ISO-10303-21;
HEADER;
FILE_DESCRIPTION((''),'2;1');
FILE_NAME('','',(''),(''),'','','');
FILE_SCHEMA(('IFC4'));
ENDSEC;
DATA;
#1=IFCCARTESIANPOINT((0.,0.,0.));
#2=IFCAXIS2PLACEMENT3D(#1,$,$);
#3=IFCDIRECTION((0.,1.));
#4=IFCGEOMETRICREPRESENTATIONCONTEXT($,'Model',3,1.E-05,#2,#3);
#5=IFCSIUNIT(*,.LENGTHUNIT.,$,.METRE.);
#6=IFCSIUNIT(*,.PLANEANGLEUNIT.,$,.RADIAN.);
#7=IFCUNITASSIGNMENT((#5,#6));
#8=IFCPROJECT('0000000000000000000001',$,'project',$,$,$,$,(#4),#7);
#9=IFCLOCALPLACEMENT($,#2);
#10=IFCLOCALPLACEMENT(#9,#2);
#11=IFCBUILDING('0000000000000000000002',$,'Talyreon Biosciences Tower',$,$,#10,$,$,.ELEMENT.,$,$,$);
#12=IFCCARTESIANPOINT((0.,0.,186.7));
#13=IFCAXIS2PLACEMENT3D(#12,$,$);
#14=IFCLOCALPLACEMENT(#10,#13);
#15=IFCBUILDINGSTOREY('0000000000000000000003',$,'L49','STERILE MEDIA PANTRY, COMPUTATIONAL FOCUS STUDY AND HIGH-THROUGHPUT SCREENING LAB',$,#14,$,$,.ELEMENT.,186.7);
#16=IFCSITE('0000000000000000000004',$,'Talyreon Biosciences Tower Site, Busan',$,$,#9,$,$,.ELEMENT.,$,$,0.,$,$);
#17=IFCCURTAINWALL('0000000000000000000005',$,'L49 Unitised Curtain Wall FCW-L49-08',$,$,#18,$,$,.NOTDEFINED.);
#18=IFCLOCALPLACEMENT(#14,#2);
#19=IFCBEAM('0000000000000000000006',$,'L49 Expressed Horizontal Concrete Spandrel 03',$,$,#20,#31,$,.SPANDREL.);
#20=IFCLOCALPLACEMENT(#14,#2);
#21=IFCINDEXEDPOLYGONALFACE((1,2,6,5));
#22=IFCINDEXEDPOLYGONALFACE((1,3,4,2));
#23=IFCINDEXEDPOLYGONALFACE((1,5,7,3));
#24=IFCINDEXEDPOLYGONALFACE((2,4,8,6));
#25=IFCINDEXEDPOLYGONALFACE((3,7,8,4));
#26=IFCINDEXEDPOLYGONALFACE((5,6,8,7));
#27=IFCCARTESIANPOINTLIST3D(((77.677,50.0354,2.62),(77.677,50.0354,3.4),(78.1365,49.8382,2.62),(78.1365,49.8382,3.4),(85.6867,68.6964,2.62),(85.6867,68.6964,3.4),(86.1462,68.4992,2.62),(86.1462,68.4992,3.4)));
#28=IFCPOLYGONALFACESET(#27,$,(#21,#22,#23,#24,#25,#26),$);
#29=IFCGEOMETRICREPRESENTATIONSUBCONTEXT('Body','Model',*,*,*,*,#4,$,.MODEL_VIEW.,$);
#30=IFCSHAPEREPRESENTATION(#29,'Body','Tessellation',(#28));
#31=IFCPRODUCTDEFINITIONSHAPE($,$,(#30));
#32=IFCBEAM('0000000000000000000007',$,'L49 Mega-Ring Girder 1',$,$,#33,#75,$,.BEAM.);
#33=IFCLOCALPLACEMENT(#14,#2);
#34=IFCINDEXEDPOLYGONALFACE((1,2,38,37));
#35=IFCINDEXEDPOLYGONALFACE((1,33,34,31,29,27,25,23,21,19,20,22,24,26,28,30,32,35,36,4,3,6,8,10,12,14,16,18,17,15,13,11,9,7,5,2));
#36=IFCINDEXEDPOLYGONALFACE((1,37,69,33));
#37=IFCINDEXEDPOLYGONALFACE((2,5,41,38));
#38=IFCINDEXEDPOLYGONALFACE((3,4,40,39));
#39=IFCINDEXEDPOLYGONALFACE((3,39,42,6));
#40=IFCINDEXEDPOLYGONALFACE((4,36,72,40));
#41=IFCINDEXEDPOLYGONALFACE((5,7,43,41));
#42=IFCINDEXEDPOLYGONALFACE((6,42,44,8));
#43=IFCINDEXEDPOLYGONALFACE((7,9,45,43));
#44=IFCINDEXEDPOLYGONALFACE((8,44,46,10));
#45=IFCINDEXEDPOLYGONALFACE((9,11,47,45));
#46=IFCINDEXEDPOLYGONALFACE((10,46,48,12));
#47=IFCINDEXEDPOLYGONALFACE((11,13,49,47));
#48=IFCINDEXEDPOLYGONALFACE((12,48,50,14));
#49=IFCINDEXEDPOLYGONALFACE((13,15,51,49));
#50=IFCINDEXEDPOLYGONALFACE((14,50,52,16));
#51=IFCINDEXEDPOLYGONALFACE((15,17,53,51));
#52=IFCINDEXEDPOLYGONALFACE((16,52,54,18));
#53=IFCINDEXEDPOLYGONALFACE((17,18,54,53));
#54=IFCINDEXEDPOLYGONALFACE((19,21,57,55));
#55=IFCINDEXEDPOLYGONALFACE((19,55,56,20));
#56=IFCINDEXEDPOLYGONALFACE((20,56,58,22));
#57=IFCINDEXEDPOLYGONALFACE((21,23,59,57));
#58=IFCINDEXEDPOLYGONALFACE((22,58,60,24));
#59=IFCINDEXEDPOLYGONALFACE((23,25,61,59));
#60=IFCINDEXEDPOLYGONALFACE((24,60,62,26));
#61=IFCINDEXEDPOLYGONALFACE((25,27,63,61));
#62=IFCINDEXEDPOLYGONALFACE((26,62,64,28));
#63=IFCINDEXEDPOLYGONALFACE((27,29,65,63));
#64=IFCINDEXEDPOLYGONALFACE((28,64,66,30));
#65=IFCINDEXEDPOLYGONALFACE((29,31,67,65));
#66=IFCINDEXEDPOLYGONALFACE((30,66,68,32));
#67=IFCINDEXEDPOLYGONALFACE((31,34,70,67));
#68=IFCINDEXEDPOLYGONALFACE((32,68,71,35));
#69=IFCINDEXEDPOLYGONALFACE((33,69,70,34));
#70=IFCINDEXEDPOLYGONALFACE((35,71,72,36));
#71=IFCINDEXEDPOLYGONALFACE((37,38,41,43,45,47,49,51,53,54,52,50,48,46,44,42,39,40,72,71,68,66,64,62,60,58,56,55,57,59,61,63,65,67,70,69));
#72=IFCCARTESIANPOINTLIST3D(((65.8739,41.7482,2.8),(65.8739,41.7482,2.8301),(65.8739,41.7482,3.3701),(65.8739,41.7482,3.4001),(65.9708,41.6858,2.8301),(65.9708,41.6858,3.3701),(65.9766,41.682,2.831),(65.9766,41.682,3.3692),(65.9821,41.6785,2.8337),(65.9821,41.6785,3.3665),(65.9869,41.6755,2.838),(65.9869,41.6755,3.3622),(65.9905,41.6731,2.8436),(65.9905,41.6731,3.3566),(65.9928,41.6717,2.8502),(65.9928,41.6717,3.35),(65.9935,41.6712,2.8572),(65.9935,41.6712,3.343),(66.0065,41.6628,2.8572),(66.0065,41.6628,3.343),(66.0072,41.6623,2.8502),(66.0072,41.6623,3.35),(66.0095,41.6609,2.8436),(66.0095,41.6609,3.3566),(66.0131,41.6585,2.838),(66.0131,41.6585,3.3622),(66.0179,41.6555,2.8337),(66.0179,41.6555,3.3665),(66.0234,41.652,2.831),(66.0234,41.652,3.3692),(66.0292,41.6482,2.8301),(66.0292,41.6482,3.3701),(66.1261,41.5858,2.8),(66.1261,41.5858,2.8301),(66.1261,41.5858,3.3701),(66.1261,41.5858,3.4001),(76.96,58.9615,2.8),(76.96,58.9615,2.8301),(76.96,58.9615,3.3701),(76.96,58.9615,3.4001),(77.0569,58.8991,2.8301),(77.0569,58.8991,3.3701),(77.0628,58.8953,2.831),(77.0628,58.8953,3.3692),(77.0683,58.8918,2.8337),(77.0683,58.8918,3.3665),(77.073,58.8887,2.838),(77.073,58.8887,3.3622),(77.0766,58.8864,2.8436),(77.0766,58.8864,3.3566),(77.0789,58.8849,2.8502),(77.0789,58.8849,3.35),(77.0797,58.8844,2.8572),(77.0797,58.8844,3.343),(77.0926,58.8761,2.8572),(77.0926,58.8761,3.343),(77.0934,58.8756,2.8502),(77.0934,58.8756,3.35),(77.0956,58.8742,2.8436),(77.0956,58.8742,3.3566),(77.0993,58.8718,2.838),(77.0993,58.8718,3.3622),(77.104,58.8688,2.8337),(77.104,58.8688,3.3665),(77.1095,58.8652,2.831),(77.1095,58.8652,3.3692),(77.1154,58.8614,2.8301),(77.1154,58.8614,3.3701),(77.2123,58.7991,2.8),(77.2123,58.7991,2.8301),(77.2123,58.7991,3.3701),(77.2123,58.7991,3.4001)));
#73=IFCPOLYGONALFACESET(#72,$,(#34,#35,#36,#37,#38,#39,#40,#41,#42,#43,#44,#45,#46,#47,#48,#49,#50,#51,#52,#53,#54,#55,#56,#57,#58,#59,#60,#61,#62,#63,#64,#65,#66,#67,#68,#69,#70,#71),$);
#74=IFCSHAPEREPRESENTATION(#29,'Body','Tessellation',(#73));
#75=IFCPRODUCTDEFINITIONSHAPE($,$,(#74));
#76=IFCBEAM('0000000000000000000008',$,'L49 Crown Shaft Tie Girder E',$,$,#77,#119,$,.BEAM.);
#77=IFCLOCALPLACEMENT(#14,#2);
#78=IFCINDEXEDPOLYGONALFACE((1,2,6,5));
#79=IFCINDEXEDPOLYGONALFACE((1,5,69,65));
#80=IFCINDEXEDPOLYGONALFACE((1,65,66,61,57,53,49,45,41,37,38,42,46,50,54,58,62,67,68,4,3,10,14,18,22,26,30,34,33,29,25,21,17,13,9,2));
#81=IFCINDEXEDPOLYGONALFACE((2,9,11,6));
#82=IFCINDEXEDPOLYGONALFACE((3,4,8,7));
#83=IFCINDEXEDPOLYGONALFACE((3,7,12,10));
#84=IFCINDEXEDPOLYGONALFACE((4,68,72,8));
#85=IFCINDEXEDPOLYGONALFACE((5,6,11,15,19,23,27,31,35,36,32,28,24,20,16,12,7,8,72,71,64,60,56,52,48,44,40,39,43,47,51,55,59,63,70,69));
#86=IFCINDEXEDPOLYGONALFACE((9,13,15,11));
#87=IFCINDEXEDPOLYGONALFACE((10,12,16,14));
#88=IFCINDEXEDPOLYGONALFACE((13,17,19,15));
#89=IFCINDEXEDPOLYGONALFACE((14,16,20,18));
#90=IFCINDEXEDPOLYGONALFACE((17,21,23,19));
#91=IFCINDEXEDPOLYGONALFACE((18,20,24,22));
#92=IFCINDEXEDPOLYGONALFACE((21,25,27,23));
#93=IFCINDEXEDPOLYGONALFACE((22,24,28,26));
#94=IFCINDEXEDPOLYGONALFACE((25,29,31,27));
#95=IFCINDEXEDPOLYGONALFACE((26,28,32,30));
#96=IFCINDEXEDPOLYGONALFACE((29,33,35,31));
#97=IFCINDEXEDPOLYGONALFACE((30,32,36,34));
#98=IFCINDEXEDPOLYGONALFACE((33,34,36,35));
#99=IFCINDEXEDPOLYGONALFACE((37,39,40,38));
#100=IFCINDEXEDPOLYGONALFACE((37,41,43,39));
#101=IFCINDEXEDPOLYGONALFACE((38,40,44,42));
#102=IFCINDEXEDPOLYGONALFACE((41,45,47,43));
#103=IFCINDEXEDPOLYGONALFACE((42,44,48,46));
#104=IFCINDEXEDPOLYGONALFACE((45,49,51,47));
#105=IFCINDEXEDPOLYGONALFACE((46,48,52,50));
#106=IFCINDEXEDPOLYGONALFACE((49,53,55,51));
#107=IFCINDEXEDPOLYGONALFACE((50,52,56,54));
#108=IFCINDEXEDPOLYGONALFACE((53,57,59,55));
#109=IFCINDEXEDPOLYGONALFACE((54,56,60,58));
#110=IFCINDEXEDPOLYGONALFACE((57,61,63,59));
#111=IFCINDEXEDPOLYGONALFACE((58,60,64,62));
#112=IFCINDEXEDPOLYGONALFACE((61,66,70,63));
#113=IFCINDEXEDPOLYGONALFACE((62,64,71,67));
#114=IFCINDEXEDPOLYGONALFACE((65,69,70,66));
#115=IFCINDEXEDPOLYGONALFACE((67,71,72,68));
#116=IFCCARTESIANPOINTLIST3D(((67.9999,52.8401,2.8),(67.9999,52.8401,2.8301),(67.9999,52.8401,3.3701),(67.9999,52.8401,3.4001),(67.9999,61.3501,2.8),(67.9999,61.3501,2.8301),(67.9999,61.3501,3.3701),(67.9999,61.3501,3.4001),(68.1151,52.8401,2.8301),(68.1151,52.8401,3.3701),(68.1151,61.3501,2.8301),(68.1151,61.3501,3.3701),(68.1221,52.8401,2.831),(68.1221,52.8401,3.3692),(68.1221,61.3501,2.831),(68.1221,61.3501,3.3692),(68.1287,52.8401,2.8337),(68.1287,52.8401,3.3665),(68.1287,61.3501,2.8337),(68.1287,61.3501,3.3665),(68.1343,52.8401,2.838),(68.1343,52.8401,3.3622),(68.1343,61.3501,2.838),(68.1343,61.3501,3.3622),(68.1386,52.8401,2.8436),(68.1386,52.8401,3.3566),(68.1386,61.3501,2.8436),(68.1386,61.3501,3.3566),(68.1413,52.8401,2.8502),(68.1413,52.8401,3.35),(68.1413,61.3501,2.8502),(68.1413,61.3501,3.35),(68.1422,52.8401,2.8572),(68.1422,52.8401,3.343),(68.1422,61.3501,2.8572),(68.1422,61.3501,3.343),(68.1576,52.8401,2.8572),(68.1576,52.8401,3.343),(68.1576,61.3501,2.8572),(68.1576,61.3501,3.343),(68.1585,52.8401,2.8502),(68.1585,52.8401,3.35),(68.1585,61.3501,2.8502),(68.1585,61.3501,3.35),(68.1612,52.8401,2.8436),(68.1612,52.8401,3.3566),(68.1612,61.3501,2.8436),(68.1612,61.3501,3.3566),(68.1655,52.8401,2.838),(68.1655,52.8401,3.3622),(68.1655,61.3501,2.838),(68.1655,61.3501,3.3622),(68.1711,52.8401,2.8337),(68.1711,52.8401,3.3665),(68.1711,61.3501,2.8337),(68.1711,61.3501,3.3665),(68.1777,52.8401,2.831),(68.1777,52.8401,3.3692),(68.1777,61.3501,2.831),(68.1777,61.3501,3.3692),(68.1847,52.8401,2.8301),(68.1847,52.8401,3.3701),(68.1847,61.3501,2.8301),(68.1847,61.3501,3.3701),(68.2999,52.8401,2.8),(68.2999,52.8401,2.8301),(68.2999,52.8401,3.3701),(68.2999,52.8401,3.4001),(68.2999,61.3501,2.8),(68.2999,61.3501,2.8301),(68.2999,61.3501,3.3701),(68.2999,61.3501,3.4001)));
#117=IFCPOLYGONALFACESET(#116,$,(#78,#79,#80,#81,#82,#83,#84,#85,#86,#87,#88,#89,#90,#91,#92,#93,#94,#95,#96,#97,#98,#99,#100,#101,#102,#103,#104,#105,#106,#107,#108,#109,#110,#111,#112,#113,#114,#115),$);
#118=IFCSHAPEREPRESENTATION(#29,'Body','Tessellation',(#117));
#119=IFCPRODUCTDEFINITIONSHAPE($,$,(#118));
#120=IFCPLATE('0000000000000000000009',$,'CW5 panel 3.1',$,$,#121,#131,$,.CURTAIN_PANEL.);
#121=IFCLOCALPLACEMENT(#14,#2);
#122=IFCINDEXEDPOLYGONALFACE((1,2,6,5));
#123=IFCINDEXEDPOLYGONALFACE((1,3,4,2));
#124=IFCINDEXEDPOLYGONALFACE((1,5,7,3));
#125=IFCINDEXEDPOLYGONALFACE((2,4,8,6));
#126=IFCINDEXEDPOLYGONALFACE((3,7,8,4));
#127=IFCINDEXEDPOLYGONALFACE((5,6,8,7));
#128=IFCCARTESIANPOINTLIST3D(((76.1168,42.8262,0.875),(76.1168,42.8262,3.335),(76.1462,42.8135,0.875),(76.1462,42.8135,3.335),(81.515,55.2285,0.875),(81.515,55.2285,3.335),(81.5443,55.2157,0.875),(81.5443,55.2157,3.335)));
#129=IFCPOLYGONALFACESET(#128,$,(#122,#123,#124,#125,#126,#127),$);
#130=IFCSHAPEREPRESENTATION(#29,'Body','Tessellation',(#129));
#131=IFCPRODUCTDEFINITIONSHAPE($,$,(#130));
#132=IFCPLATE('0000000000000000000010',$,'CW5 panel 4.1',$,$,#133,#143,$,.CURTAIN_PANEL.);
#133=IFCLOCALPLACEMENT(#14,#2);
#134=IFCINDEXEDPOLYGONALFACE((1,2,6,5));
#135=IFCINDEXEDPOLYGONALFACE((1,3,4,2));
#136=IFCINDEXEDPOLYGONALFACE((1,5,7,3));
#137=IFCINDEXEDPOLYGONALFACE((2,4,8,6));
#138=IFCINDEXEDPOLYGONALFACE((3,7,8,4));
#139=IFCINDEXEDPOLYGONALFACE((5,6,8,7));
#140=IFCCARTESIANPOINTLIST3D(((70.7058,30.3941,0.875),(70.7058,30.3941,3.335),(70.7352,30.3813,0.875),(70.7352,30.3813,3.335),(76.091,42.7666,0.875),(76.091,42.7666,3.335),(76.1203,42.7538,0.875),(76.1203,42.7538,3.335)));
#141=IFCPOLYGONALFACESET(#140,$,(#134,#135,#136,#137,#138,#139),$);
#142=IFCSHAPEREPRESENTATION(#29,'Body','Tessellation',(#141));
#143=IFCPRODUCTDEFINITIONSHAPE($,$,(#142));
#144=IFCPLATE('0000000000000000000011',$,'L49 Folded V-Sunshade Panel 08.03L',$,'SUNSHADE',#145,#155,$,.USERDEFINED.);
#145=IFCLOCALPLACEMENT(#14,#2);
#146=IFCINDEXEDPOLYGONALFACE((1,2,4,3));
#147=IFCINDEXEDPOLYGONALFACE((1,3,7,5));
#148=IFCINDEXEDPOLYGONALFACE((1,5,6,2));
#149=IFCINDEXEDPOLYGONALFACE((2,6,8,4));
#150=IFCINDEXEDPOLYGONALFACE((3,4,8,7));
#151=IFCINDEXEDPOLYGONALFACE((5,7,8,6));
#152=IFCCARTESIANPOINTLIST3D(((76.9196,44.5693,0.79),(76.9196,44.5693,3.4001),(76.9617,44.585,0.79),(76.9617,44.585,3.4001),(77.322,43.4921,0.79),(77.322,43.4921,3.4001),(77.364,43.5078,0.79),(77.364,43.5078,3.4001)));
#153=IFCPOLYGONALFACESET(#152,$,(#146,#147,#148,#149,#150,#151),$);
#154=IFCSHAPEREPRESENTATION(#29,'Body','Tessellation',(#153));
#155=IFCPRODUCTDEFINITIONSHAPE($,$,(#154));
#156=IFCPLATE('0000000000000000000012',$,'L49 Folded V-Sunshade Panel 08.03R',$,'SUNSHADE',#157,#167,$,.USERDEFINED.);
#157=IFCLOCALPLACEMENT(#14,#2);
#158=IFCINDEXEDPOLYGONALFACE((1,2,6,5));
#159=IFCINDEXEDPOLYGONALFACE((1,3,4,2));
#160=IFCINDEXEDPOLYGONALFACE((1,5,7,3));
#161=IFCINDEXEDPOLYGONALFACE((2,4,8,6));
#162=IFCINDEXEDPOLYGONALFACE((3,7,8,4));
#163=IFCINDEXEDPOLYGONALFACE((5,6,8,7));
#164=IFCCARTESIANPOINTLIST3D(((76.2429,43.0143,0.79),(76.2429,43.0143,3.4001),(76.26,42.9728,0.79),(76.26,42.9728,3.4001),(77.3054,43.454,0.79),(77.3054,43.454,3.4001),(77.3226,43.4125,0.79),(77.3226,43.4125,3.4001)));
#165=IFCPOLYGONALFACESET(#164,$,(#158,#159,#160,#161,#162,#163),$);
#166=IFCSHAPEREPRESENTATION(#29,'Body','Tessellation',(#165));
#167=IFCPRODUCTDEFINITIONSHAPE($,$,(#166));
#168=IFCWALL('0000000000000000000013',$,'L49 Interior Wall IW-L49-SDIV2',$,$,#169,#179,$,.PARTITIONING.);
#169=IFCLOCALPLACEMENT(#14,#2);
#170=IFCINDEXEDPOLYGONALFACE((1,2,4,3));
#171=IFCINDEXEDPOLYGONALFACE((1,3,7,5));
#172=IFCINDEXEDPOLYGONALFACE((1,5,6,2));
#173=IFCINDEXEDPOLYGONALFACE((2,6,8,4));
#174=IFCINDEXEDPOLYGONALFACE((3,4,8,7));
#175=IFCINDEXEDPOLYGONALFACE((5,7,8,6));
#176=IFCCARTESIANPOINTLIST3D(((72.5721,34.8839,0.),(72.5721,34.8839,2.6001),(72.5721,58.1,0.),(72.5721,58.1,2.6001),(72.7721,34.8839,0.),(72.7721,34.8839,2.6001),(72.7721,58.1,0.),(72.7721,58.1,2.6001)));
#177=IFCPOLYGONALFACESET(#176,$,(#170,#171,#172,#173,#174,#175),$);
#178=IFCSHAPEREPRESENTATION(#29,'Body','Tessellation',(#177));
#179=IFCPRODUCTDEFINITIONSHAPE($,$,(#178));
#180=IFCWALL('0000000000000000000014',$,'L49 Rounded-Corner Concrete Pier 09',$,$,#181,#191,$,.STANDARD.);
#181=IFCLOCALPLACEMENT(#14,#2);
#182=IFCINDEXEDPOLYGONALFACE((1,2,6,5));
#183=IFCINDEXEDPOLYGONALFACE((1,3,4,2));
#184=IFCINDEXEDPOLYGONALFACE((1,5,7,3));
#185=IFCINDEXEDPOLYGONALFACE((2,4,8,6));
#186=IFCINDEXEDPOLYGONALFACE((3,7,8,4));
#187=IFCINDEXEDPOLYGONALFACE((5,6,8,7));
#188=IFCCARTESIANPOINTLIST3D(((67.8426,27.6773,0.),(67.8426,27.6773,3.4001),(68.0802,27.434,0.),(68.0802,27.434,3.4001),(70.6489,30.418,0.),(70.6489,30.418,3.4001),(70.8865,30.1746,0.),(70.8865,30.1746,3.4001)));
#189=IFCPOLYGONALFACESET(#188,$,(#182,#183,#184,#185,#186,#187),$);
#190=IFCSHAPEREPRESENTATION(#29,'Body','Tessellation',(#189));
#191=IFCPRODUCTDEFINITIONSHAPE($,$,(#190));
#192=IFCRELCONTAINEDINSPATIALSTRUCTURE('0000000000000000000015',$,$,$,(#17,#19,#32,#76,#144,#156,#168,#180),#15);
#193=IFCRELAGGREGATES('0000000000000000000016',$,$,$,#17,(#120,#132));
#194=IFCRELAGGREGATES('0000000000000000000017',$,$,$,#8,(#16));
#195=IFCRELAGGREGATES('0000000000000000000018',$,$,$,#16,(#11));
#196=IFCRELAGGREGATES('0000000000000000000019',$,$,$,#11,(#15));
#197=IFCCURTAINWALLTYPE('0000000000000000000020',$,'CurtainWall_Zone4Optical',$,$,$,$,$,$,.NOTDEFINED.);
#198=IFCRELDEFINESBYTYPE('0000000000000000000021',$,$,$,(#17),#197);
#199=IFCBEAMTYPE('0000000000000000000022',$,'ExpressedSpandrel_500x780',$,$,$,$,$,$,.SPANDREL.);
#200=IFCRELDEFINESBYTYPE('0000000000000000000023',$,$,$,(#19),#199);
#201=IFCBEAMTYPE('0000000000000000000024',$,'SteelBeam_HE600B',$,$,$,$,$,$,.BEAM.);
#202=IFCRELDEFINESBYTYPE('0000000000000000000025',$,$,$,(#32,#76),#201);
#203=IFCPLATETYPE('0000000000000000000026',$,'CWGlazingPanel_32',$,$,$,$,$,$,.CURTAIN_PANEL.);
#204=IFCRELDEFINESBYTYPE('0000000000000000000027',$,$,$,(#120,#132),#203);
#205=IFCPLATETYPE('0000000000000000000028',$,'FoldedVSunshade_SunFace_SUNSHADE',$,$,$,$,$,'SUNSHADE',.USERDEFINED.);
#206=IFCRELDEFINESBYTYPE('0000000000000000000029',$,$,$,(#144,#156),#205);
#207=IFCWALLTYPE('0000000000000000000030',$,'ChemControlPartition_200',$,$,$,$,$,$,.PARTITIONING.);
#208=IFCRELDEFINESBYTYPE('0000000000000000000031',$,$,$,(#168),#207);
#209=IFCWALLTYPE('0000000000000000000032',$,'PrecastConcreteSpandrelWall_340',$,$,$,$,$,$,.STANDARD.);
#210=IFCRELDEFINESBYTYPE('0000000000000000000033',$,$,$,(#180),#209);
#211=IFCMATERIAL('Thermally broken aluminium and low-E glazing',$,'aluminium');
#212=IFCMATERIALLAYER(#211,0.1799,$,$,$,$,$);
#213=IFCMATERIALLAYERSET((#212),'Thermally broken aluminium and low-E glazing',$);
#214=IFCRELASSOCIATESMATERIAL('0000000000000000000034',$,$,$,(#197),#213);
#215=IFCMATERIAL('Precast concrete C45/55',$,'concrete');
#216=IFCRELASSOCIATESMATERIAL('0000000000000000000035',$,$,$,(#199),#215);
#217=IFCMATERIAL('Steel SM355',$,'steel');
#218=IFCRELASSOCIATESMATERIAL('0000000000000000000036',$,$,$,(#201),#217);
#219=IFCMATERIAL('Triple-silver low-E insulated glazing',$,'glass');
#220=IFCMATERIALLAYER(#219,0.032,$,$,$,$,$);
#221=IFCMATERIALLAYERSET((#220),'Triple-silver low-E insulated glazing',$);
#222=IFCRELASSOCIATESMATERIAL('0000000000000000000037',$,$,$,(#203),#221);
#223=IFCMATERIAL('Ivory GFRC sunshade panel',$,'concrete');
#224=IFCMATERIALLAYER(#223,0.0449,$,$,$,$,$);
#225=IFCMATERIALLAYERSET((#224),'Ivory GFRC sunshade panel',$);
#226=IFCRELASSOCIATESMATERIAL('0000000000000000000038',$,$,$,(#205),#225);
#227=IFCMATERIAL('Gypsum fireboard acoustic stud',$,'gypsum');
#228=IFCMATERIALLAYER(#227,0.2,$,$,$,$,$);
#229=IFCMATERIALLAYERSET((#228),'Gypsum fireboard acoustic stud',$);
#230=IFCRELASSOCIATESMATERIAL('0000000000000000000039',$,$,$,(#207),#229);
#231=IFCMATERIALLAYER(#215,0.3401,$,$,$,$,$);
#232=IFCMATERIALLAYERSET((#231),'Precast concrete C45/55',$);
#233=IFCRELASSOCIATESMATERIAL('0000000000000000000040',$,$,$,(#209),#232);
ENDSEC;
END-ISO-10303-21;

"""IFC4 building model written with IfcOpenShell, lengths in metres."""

from ifc_helpers import new_model, si_unit, direction, frame, frame_2d, origin, origin_2d, place, context, subcontext, project, spatial, rectangle, i_section, extrude, material, layer, layer_set, material_profile, profile_set, type_object, element, aggregate, save


model = new_model("IFC4")

# Units and contexts
model_context = context("Model", 3, precision=1e-05, world=origin(), true_north=direction((0.0, 1.0)))
body_context = subcontext(model_context, "Body", "Model", "MODEL_VIEW")
ifc_project = project(units=[si_unit("LENGTHUNIT", "METRE"), si_unit("PLANEANGLEUNIT", "RADIAN")], contexts=[model_context])

# Site, building, storey
site_placement = place(None, origin())
site = spatial("IfcSite", under=ifc_project, at=site_placement, Name="Talyreon Biosciences Tower Site, Busan", CompositionType="ELEMENT", RefElevation=0.0)
building_placement = place(site_placement, origin())
building = spatial("IfcBuilding", under=site, at=building_placement, Name="Talyreon Biosciences Tower", CompositionType="ELEMENT")
storey_placement = place(building_placement, frame((0.0, 0.0, 186.7)))
storey = spatial("IfcBuildingStorey", under=building, at=storey_placement, Name="L49", Description="STERILE MEDIA PANTRY, COMPUTATIONAL FOCUS STUDY AND HIGH-THROUGHPUT SCREENING LAB", CompositionType="ELEMENT", Elevation=186.7)

# Shared definitions
ifc_material_1 = material(Name="Precast concrete C45/55", Category="concrete")

# Curtain wall
ifc_material_2 = material(Name="Thermally broken aluminium and low-E glazing", Category="aluminium")
ifc_layer_1 = layer(ifc_material_2, 0.1799)
ifc_layer_set_1 = layer_set([ifc_layer_1], Name="Thermally broken aluminium and low-E glazing")
curtain_wall_type = type_object("IfcCurtainWallType", Name="CurtainWall_Zone4Optical", PredefinedType="NOTDEFINED", material=ifc_layer_set_1)
curtain_wall_placement = place(storey_placement, origin())
curtain_wall = element("IfcCurtainWall", 1, at=curtain_wall_placement, inside=storey, type_object=curtain_wall_type, Name="L49 Unitised Curtain Wall FCW-L49-08", PredefinedType="NOTDEFINED")

# Beams
ifc_material_profile_1 = material_profile(ifc_material_1, rectangle(XDim=0.5, YDim=0.78, at=origin_2d()), Name="RCB 500x780")
ifc_profile_set_1 = profile_set([ifc_material_profile_1], Name="Precast concrete C45/55")
beam_type_1 = type_object("IfcBeamType", Name="ExpressedSpandrel_500x780", PredefinedType="SPANDREL", material=ifc_profile_set_1)
beam_1_placement = place(storey_placement, frame((77.9067, 49.9368, 3.01), z_axis=(0.394424, 0.918928, 0.0), x_axis=(-0.918928, 0.394424, 0.0)))
element("IfcBeam", 2, at=beam_1_placement, inside=storey, type_object=beam_type_1, Name="L49 Expressed Horizontal Concrete Spandrel 03", PredefinedType="SPANDREL", context=body_context, shape_type="SweptSolid", body=[
    extrude(rectangle(XDim=0.5, YDim=0.78, at=origin_2d()), origin(), (0.0, 0.0, 1.0), 20.3074),
])
ifc_material_3 = material(Name="Steel SM355", Category="steel")
ifc_material_profile_2 = material_profile(ifc_material_3, i_section(OverallWidth=0.3, OverallDepth=0.6001, WebThickness=0.0154, FlangeThickness=0.03, FilletRadius=0.0271, at=origin_2d()), Name="HE600B")
ifc_profile_set_2 = profile_set([ifc_material_profile_2], Name="Steel SM355")
beam_type_2 = type_object("IfcBeamType", Name="SteelBeam_HE600B", PredefinedType="BEAM", material=ifc_profile_set_2)
beam_2_placement = place(storey_placement, frame((66.0, 41.667, 3.1001), z_axis=(0.541464, 0.840724, 0.0), x_axis=(-0.840724, 0.541464, 0.0)))
element("IfcBeam", 3, at=beam_2_placement, inside=storey, type_object=beam_type_2, Name="L49 Mega-Ring Girder 1", PredefinedType="BEAM", context=body_context, shape_type="SweptSolid", body=[
    extrude(i_section(OverallWidth=0.3, OverallDepth=0.6001, WebThickness=0.0154, FlangeThickness=0.03, FilletRadius=0.0271, at=origin_2d()), origin(), (0.0, 0.0, 1.0), 20.4744),
])
beam_3_placement = place(storey_placement, frame((68.1499, 52.8401, 3.1001), z_axis=(0.0, 1.0, 0.0), x_axis=(-1.0, 0.0, 0.0)))
element("IfcBeam", 4, at=beam_3_placement, inside=storey, type_object=beam_type_2, Name="L49 Crown Shaft Tie Girder E", PredefinedType="BEAM", context=body_context, shape_type="SweptSolid", body=[
    extrude(i_section(OverallWidth=0.3, OverallDepth=0.6001, WebThickness=0.0154, FlangeThickness=0.03, FilletRadius=0.0271, at=origin_2d()), origin(), (0.0, 0.0, 1.0), 8.51),
])

# Plates
ifc_material_4 = material(Name="Triple-silver low-E insulated glazing", Category="glass")
ifc_layer_2 = layer(ifc_material_4, 0.032)
ifc_layer_set_2 = layer_set([ifc_layer_2], Name="Triple-silver low-E insulated glazing")
plate_type_1 = type_object("IfcPlateType", Name="CWGlazingPanel_32", PredefinedType="CURTAIN_PANEL", material=ifc_layer_set_2)
plate_1_placement = place(storey_placement, frame((78.8306, 49.021, 0.875), z_axis=(0.0, 0.0, 1.0), x_axis=(-0.399089, -0.916912, 0.0)))
plate_1 = element("IfcPlate", 5, at=plate_1_placement, type_object=plate_type_1, Name="CW5 panel 3.1", PredefinedType="CURTAIN_PANEL", context=body_context, shape_type="SweptSolid", body=[
    extrude(rectangle(XDim=13.5261, YDim=0.032, at=origin_2d()), origin(), (0.0, 0.0, 1.0), 2.46),
])
plate_2_placement = place(storey_placement, frame((73.4131, 36.574, 0.875), z_axis=(0.0, 0.0, 1.0), x_axis=(-0.399089, -0.916912, 0.0)))
plate_2 = element("IfcPlate", 6, at=plate_2_placement, type_object=plate_type_1, Name="CW5 panel 4.1", PredefinedType="CURTAIN_PANEL", context=body_context, shape_type="SweptSolid", body=[
    extrude(rectangle(XDim=13.4937, YDim=0.032, at=origin_2d()), origin(), (0.0, 0.0, 1.0), 2.46),
])
aggregate(curtain_wall, [plate_1, plate_2])

# Plates
ifc_material_5 = material(Name="Ivory GFRC sunshade panel", Category="concrete")
ifc_layer_3 = layer(ifc_material_5, 0.0449)
ifc_layer_set_3 = layer_set([ifc_layer_3], Name="Ivory GFRC sunshade panel")
plate_type_2 = type_object("IfcPlateType", Name="FoldedVSunshade_SunFace_SUNSHADE", ElementType="SUNSHADE", PredefinedType="USERDEFINED", material=ifc_layer_set_3)
for number, where, z_axis, x_axis, name in (
    (7, (77.1418, 44.0386, 0.79), (0.0, 0.0, 1.0), (0.349864, -0.9368, 0.0), "L49 Folded V-Sunshade Panel 08.03L"),
    (8, (76.7827, 43.2134, 0.79), (0.0, 0.0, 1.0), (-0.92402, -0.382345, 0.0), "L49 Folded V-Sunshade Panel 08.03R"),
):
    element("IfcPlate", number, at=place(storey_placement, frame(where, z_axis=z_axis, x_axis=x_axis)), inside=storey, type_object=plate_type_2, Name=name, ObjectType="SUNSHADE", PredefinedType="USERDEFINED", context=body_context, shape_type="SweptSolid", body=[
        extrude(rectangle(XDim=1.1499, YDim=0.0449, at=origin_2d()), origin(), (0.0, 0.0, 1.0), 2.6101),
    ])

# Walls
ifc_material_6 = material(Name="Gypsum fireboard acoustic stud", Category="gypsum")
ifc_layer_4 = layer(ifc_material_6, 0.2)
ifc_layer_set_4 = layer_set([ifc_layer_4], Name="Gypsum fireboard acoustic stud")
wall_type_1 = type_object("IfcWallType", Name="ChemControlPartition_200", PredefinedType="PARTITIONING", material=ifc_layer_set_4)
wall_1_placement = place(storey_placement, frame((72.6721, 34.884, 0.0), z_axis=(0.0, 0.0, 1.0), x_axis=(0.0, 1.0, 0.0)))
element("IfcWall", 9, at=wall_1_placement, inside=storey, type_object=wall_type_1, Name="L49 Interior Wall IW-L49-SDIV2", PredefinedType="PARTITIONING", context=body_context, shape_type="SweptSolid", body=[
    extrude(rectangle(XDim=23.2161, YDim=0.2, at=frame_2d((11.6079, 0.0))), origin(), (0.0, 0.0, 1.0), 2.6001),
])
ifc_layer_5 = layer(ifc_material_1, 0.3401)
ifc_layer_set_5 = layer_set([ifc_layer_5], Name="Precast concrete C45/55")
wall_type_2 = type_object("IfcWallType", Name="PrecastConcreteSpandrelWall_340", PredefinedType="STANDARD", material=ifc_layer_set_5)
wall_2_placement = place(storey_placement, frame((70.7678, 30.2964, 0.0), z_axis=(0.0, 0.0, 1.0), x_axis=(-0.715428, -0.698686, 0.0)))
element("IfcWall", 10, at=wall_2_placement, inside=storey, type_object=wall_type_2, Name="L49 Rounded-Corner Concrete Pier 09", PredefinedType="STANDARD", context=body_context, shape_type="SweptSolid", body=[
    extrude(rectangle(XDim=3.9226, YDim=0.3401, at=frame_2d((1.9614, 0.0))), origin(), (0.0, 0.0, 1.0), 3.4001),
])

save(model, "model.ifc")
